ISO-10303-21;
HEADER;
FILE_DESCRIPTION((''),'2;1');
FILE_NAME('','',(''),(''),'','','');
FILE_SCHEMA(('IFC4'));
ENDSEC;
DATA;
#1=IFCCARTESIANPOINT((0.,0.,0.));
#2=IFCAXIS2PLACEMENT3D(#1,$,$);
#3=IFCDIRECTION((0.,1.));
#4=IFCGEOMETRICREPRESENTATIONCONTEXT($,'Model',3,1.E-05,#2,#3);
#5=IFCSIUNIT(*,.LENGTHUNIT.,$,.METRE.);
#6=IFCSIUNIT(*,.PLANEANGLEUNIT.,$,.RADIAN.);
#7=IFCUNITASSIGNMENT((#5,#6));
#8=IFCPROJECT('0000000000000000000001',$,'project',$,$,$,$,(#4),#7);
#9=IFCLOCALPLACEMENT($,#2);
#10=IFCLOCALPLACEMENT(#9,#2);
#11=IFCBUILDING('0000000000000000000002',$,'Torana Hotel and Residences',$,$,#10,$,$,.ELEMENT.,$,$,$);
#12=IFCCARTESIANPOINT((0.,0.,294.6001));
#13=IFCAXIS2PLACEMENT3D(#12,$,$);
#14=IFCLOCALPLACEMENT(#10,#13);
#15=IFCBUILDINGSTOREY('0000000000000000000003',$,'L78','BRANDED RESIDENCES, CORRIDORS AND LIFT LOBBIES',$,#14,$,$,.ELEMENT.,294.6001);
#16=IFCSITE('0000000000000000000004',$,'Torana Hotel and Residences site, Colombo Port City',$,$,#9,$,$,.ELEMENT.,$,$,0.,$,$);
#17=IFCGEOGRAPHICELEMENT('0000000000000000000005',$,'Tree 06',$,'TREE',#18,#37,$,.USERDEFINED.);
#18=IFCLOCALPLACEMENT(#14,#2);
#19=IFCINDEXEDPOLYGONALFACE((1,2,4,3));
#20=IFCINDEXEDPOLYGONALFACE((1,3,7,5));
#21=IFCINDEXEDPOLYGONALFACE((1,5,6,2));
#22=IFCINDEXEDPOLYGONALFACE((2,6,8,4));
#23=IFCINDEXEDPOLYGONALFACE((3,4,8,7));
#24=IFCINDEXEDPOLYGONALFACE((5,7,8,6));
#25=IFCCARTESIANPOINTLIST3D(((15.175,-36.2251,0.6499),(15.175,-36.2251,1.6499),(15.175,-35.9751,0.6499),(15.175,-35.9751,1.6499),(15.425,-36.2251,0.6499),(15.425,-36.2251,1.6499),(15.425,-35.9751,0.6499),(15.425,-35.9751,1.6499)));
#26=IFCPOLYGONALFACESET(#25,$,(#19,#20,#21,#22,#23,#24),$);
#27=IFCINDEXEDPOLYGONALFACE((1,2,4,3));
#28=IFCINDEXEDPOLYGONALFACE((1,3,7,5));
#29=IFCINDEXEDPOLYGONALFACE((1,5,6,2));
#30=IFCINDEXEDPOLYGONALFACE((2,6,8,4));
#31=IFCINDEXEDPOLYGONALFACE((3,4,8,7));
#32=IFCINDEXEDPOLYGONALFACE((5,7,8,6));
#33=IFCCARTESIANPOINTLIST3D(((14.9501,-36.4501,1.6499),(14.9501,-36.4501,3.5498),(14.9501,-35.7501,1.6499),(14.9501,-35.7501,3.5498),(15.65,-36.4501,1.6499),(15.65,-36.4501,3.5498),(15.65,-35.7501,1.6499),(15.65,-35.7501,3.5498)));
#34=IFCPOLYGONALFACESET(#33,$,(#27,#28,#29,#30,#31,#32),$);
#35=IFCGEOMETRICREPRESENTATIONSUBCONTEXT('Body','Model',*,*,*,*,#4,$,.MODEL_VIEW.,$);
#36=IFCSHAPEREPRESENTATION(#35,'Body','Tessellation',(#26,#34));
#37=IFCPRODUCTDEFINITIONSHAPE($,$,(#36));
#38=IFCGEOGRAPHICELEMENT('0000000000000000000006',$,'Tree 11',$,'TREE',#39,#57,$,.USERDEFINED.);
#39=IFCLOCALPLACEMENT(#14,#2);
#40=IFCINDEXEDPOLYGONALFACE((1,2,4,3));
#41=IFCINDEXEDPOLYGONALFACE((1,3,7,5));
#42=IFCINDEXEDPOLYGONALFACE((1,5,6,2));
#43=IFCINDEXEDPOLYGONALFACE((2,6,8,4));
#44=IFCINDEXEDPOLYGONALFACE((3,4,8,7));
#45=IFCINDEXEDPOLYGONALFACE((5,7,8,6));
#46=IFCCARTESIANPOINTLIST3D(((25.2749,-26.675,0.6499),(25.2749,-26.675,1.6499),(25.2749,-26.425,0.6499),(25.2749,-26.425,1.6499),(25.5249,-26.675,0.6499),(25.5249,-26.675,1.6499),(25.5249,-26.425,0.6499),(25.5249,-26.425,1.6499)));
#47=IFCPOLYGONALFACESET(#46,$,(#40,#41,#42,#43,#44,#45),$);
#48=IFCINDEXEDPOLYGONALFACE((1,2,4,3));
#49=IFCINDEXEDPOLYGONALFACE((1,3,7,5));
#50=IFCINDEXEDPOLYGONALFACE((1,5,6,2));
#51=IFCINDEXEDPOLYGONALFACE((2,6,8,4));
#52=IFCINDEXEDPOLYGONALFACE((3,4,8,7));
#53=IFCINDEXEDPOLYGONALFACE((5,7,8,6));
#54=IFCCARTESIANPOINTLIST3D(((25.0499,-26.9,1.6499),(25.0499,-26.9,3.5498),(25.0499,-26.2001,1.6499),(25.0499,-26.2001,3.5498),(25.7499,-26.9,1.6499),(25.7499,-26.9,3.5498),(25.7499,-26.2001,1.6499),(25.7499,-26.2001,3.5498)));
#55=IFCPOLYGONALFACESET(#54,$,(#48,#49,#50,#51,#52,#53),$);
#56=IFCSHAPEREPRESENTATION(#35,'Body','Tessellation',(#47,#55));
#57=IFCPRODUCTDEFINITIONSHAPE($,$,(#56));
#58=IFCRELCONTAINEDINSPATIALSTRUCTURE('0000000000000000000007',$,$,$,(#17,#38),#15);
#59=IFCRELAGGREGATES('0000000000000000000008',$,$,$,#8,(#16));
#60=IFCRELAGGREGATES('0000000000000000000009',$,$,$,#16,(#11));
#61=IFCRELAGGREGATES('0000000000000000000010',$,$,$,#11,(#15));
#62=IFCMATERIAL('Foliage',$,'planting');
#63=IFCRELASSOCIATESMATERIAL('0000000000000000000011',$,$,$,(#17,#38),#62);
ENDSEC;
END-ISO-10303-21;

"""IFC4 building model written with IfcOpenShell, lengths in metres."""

from ifc_helpers import new_model, si_unit, direction, frame, origin, origin_2d, place, context, subcontext, project, spatial, rectangle, extrude, material, element, save


model = new_model("IFC4")

# Units and contexts
model_context = context("Model", 3, precision=1e-05, world=origin(), true_north=direction((0.0, 1.0)))
body_context = subcontext(model_context, "Body", "Model", "MODEL_VIEW")
ifc_project = project(units=[si_unit("LENGTHUNIT", "METRE"), si_unit("PLANEANGLEUNIT", "RADIAN")], contexts=[model_context])

# Site, building, storey
site_placement = place(None, origin())
site = spatial("IfcSite", under=ifc_project, at=site_placement, Name="Torana Hotel and Residences site, Colombo Port City", CompositionType="ELEMENT", RefElevation=0.0)
building_placement = place(site_placement, origin())
building = spatial("IfcBuilding", under=site, at=building_placement, Name="Torana Hotel and Residences", CompositionType="ELEMENT")
storey_placement = place(building_placement, frame((0.0, 0.0, 294.6001)))
storey = spatial("IfcBuildingStorey", under=building, at=storey_placement, Name="L78", Description="BRANDED RESIDENCES, CORRIDORS AND LIFT LOBBIES", CompositionType="ELEMENT", Elevation=294.6001)

# Geographic elements
ifc_material_1 = material(Name="Foliage", Category="planting")
for number, where, z_axis, x_axis, name in (
    (1, (15.3, -36.1001, 0.6499), (0.0, 0.0, 1.0), (1.0, 0.0, 0.0), "Tree 06"),
    (2, (25.3999, -26.55, 0.6499), (0.0, 0.0, 1.0), (1.0, 0.0, 0.0), "Tree 11"),
):
    element("IfcGeographicElement", number, at=place(storey_placement, frame(where, z_axis=z_axis, x_axis=x_axis)), inside=storey, material=ifc_material_1, Name=name, ObjectType="TREE", PredefinedType="USERDEFINED", context=body_context, shape_type="SweptSolid", body=[
        extrude(rectangle(XDim=0.25, YDim=0.25, at=origin_2d()), origin(), (0.0, 0.0, 1.0), 1.0),
        extrude(rectangle(XDim=0.7, YDim=0.7, at=origin_2d()), frame((0.0, 0.0, 1.0)), (0.0, 0.0, 1.0), 1.8999),
    ])

save(model, "model.ifc")
